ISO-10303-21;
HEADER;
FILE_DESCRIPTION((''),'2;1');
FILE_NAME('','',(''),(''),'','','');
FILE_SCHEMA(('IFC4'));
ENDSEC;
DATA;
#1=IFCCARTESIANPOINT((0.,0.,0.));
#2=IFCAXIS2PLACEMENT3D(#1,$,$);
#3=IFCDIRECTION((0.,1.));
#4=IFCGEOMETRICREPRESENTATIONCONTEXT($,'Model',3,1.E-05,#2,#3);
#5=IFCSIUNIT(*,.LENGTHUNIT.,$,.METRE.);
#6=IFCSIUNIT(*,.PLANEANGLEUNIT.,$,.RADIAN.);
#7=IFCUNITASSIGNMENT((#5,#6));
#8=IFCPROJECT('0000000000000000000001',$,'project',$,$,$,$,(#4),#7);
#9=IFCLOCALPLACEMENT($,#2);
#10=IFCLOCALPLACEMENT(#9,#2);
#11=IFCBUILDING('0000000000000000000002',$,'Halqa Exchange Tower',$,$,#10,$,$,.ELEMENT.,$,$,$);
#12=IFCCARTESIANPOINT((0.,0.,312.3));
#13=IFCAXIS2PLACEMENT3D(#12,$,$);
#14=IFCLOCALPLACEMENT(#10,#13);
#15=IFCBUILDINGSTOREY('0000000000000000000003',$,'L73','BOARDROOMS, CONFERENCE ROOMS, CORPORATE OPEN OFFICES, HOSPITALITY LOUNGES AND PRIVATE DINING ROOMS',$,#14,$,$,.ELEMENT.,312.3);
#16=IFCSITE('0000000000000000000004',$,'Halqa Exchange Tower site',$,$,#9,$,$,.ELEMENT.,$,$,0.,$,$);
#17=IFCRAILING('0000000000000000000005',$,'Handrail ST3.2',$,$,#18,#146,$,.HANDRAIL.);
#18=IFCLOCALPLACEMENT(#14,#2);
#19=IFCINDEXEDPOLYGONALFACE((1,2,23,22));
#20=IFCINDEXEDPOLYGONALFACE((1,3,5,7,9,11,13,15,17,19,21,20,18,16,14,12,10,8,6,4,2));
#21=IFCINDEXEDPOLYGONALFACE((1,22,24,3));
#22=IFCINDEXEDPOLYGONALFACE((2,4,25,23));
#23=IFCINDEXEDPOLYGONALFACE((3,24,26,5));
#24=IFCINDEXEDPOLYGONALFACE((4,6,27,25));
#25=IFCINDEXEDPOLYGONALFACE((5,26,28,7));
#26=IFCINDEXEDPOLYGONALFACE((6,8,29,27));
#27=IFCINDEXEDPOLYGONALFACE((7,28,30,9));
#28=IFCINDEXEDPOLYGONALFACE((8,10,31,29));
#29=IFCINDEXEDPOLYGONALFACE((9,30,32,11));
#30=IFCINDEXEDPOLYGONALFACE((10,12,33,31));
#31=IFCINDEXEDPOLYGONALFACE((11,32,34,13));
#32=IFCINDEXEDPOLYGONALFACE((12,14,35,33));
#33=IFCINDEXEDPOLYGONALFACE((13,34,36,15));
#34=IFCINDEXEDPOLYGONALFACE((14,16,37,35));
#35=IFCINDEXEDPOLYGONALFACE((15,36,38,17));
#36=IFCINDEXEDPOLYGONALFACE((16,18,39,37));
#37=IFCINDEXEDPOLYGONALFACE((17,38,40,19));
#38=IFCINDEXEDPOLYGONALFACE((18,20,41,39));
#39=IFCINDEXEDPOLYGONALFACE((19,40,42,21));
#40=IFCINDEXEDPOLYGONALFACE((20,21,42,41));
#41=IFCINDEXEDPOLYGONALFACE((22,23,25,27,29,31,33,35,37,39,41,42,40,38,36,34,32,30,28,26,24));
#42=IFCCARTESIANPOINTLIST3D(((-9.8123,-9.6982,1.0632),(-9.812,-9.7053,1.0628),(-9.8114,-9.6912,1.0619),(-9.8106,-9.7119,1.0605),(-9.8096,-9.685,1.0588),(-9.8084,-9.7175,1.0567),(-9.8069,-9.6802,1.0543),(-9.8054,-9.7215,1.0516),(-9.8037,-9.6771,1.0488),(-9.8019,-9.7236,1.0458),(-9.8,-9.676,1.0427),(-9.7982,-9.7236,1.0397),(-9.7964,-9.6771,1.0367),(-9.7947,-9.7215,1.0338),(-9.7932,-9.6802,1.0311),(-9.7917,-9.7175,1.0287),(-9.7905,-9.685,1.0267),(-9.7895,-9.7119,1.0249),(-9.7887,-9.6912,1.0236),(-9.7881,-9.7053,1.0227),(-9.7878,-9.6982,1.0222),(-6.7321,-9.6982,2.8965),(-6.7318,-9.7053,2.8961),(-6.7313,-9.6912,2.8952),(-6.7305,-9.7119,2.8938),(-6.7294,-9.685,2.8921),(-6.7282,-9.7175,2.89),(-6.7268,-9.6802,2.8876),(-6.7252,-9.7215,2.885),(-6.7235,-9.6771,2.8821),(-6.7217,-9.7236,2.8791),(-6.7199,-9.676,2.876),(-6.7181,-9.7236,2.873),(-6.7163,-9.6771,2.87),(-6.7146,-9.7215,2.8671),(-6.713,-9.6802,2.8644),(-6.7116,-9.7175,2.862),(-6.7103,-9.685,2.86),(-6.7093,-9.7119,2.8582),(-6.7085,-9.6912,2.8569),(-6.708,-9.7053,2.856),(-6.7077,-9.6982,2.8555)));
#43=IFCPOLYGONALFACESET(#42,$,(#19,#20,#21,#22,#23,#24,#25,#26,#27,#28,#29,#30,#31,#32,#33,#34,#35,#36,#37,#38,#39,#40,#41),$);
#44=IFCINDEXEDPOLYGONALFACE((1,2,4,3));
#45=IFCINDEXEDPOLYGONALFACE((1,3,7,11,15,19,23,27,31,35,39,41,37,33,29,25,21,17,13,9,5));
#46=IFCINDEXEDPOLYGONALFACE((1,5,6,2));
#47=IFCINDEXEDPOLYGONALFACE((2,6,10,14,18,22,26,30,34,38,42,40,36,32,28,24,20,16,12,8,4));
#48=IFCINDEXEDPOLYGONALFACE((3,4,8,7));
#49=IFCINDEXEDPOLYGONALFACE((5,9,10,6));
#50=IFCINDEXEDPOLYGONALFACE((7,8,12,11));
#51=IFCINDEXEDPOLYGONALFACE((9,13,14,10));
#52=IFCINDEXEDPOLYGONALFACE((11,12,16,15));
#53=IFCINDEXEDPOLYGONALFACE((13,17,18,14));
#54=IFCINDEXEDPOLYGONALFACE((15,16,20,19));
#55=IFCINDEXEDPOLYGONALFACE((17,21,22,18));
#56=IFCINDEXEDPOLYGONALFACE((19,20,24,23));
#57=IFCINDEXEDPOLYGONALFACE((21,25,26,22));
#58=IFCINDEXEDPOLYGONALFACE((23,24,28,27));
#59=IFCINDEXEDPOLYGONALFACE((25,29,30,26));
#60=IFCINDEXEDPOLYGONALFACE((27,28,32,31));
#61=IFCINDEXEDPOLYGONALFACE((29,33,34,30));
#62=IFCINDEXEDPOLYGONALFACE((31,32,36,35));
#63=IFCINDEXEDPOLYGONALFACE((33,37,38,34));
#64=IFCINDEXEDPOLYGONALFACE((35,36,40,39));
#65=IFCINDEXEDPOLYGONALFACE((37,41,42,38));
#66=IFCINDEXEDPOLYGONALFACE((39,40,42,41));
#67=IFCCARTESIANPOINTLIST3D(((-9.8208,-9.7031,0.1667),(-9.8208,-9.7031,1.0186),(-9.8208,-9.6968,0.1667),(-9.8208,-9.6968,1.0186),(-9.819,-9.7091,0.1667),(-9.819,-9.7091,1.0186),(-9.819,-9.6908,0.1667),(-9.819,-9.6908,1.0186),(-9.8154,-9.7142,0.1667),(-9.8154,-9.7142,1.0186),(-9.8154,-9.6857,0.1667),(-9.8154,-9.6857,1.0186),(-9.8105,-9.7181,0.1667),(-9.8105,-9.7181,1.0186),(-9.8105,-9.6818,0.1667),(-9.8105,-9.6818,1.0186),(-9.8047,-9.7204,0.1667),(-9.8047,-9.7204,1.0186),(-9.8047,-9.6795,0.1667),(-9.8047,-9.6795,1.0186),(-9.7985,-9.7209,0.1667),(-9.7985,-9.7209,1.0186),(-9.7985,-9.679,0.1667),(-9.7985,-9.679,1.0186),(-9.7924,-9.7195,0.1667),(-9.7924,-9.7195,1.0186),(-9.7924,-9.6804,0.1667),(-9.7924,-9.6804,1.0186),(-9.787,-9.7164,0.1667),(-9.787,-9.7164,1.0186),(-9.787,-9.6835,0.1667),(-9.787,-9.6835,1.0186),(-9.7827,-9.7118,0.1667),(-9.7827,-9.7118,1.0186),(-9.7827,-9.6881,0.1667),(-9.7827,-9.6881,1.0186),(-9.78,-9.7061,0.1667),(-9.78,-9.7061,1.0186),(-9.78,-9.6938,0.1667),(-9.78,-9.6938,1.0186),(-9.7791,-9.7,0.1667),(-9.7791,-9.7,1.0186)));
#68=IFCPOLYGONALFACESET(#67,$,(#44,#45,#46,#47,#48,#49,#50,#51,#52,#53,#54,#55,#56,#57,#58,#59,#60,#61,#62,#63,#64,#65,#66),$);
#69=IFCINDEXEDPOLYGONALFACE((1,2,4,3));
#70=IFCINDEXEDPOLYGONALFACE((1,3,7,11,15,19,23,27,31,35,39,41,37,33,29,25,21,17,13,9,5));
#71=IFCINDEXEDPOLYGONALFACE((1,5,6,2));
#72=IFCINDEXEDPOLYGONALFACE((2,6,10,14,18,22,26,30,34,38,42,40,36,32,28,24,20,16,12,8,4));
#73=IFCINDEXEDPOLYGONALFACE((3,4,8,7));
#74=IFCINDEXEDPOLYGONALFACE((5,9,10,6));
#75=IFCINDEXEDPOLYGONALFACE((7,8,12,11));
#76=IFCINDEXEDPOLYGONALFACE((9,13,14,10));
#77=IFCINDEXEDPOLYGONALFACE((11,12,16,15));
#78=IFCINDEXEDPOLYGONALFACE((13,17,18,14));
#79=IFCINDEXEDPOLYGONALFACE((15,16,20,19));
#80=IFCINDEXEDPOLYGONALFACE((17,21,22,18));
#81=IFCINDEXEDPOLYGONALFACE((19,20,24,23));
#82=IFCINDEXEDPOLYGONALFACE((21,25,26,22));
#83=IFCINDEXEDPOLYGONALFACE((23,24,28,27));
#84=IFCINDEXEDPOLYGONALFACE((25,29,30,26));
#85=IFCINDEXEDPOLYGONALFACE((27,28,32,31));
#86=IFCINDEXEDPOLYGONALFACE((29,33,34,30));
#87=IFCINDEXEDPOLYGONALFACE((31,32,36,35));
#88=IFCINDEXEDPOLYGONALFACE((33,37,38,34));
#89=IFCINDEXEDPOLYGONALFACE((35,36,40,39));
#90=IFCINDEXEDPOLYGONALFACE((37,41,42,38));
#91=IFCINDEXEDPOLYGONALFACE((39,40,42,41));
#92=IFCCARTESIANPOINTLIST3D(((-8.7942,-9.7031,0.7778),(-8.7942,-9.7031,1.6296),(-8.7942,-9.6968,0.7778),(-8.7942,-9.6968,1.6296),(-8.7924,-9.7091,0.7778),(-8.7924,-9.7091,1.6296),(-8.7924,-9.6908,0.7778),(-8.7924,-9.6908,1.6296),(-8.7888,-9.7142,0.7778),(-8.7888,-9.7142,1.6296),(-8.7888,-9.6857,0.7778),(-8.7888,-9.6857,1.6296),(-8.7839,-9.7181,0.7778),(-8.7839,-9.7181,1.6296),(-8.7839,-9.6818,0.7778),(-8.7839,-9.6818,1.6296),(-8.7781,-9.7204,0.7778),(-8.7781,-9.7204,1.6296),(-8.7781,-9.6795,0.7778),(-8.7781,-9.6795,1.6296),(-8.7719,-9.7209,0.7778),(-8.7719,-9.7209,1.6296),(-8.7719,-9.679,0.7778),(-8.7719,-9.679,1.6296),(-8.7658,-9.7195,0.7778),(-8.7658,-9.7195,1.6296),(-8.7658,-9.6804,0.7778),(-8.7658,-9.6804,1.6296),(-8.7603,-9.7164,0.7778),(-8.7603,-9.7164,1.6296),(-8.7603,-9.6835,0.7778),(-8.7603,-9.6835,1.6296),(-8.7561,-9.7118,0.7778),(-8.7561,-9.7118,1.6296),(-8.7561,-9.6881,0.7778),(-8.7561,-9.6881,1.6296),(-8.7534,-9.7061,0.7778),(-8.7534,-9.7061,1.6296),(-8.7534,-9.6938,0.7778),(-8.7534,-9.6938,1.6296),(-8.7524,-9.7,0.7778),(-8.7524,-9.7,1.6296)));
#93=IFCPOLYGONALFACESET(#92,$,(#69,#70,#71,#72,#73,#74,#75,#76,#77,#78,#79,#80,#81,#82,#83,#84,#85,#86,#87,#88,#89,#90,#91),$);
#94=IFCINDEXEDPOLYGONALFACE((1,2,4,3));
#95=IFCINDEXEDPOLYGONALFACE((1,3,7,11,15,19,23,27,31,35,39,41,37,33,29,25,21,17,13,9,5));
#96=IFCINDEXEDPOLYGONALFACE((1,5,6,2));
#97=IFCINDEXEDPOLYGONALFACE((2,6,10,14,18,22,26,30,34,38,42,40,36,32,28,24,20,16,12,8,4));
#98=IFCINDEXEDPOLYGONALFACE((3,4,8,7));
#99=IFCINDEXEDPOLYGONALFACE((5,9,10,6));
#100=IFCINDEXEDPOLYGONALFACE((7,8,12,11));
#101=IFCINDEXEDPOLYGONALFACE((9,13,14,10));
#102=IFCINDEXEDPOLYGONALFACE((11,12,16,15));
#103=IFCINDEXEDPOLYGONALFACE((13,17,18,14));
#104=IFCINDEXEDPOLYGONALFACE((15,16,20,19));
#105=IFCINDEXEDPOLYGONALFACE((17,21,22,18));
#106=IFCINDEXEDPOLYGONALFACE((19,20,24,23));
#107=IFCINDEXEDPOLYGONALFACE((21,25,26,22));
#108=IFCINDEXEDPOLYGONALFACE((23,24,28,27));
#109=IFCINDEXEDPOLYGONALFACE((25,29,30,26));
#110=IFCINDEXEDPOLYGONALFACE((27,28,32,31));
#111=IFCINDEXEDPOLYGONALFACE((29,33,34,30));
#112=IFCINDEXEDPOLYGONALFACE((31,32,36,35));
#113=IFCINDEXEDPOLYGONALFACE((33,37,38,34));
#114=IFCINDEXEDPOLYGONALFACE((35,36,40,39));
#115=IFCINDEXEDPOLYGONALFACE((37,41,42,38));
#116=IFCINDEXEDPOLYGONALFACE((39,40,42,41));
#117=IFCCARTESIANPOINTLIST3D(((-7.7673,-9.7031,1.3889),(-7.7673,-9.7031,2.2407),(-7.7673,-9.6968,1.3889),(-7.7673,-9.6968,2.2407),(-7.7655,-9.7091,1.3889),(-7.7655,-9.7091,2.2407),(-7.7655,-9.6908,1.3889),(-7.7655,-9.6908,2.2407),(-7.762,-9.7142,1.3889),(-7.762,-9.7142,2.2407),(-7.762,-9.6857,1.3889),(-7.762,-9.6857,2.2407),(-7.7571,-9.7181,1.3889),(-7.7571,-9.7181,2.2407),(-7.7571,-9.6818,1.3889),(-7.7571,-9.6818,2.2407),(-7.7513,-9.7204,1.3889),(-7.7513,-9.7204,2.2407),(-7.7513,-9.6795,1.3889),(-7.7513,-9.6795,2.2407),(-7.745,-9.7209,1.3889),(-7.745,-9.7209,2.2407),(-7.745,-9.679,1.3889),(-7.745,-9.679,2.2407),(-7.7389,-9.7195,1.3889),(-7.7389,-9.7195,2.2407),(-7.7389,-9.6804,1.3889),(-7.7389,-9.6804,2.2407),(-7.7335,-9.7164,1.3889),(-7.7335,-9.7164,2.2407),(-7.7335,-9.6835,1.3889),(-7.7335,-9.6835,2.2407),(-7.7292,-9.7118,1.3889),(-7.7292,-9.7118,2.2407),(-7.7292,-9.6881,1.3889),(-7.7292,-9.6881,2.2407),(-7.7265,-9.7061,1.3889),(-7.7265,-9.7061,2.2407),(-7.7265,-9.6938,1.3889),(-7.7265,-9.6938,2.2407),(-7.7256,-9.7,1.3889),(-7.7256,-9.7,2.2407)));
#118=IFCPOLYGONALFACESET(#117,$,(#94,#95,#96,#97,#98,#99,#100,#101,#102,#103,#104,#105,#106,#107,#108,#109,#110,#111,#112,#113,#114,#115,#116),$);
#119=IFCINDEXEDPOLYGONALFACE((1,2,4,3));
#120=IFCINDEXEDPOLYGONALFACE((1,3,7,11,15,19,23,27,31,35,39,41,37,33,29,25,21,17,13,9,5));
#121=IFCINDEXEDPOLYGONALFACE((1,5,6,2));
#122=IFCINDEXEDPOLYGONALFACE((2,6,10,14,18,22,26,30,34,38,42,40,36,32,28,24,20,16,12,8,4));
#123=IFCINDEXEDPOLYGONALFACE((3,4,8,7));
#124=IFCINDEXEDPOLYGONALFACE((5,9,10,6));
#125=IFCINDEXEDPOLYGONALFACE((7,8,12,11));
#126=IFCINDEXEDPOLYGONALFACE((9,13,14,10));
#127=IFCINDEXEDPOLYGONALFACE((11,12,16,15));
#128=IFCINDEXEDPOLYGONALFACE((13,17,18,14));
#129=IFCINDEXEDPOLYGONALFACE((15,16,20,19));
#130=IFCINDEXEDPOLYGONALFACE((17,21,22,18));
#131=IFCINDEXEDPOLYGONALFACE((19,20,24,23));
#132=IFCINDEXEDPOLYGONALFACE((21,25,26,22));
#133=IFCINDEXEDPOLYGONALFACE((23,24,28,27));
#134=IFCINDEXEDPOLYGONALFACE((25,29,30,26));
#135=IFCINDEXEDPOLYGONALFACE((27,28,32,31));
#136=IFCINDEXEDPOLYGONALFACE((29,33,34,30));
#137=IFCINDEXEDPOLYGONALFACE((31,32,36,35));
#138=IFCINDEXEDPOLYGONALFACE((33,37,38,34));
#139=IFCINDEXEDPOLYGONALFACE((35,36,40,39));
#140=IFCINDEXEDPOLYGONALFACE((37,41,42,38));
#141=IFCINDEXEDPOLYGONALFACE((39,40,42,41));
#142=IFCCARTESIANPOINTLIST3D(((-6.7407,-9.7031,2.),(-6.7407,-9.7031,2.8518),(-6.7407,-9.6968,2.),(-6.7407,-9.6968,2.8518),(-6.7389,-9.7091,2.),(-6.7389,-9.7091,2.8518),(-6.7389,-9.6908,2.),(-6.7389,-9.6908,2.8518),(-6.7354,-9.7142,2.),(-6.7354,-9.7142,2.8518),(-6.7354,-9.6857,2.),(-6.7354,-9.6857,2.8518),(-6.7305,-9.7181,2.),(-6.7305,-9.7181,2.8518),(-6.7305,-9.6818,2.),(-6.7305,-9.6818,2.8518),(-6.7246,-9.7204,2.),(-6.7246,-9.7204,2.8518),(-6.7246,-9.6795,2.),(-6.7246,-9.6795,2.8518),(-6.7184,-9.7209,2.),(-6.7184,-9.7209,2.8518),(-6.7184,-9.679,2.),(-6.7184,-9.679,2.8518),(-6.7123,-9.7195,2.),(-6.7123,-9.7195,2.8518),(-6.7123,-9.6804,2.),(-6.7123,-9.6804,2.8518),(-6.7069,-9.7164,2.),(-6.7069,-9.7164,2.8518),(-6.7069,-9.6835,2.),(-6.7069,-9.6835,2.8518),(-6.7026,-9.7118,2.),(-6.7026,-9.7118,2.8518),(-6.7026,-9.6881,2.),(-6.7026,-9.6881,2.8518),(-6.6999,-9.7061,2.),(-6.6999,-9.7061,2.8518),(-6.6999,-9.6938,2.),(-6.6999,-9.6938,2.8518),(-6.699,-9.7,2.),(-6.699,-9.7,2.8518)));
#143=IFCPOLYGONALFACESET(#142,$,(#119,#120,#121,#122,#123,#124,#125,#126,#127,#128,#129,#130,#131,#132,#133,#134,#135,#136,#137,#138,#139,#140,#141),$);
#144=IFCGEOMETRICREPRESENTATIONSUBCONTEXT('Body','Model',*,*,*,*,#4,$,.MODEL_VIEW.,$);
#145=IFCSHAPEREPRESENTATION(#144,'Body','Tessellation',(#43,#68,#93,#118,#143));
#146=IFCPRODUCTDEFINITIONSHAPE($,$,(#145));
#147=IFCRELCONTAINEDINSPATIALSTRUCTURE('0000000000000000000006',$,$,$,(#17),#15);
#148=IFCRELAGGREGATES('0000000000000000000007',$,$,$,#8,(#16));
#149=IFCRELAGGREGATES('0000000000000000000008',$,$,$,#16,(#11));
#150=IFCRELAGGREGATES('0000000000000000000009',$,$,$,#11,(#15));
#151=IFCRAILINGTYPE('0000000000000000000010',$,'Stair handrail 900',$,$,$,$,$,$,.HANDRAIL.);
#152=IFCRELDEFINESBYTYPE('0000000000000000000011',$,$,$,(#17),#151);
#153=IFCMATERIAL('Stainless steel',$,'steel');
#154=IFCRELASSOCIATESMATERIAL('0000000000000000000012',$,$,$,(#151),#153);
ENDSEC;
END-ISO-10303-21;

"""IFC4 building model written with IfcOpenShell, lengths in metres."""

from ifc_helpers import new_model, si_unit, direction, frame, origin, origin_2d, place, context, subcontext, project, spatial, circle, extrude, material, type_object, element, save


model = new_model("IFC4")

# Units and contexts
model_context = context("Model", 3, precision=1e-05, world=origin(), true_north=direction((0.0, 1.0)))
body_context = subcontext(model_context, "Body", "Model", "MODEL_VIEW")
ifc_project = project(units=[si_unit("LENGTHUNIT", "METRE"), si_unit("PLANEANGLEUNIT", "RADIAN")], contexts=[model_context])

# Site, building, storey
site_placement = place(None, origin())
site = spatial("IfcSite", under=ifc_project, at=site_placement, Name="Halqa Exchange Tower site", CompositionType="ELEMENT", RefElevation=0.0)
building_placement = place(site_placement, origin())
building = spatial("IfcBuilding", under=site, at=building_placement, Name="Halqa Exchange Tower", CompositionType="ELEMENT")
storey_placement = place(building_placement, frame((0.0, 0.0, 312.3)))
storey = spatial("IfcBuildingStorey", under=building, at=storey_placement, Name="L73", Description="BOARDROOMS, CONFERENCE ROOMS, CORPORATE OPEN OFFICES, HOSPITALITY LOUNGES AND PRIVATE DINING ROOMS", CompositionType="ELEMENT", Elevation=312.3)

# Shared definitions
ifc_material_1 = material(Name="Stainless steel", Category="steel")

# Railing
railing_type_1 = type_object("IfcRailingType", Name="Stair handrail 900", PredefinedType="HANDRAIL", material=ifc_material_1)
railing_1_placement = place(storey_placement, frame((-9.8, -9.7, 0.1667)))
element("IfcRailing", 1, at=railing_1_placement, inside=storey, type_object=railing_type_1, Name="Handrail ST3.2", PredefinedType="HANDRAIL", context=body_context, shape_type="SweptSolid", body=[
    extrude(circle(Radius=0.0239, at=origin_2d()), frame((0.0, 0.0, 0.876), z_axis=(0.859309, 0.0, 0.511458), x_axis=(0.0, 1.0, 0.0)), (0.0, 0.0, 1.0), 3.5845),
    extrude(circle(Radius=0.021, at=origin_2d()), origin(), (0.0, 0.0, 1.0), 0.8518),
    extrude(circle(Radius=0.021, at=origin_2d()), frame((1.0266, 0.0, 0.6111)), (0.0, 0.0, 1.0), 0.8518),
    extrude(circle(Radius=0.021, at=origin_2d()), frame((2.0535, 0.0, 1.2222)), (0.0, 0.0, 1.0), 0.8518),
    extrude(circle(Radius=0.021, at=origin_2d()), frame((3.0801, 0.0, 1.8333)), (0.0, 0.0, 1.0), 0.8518),
])

save(model, "model.ifc")
